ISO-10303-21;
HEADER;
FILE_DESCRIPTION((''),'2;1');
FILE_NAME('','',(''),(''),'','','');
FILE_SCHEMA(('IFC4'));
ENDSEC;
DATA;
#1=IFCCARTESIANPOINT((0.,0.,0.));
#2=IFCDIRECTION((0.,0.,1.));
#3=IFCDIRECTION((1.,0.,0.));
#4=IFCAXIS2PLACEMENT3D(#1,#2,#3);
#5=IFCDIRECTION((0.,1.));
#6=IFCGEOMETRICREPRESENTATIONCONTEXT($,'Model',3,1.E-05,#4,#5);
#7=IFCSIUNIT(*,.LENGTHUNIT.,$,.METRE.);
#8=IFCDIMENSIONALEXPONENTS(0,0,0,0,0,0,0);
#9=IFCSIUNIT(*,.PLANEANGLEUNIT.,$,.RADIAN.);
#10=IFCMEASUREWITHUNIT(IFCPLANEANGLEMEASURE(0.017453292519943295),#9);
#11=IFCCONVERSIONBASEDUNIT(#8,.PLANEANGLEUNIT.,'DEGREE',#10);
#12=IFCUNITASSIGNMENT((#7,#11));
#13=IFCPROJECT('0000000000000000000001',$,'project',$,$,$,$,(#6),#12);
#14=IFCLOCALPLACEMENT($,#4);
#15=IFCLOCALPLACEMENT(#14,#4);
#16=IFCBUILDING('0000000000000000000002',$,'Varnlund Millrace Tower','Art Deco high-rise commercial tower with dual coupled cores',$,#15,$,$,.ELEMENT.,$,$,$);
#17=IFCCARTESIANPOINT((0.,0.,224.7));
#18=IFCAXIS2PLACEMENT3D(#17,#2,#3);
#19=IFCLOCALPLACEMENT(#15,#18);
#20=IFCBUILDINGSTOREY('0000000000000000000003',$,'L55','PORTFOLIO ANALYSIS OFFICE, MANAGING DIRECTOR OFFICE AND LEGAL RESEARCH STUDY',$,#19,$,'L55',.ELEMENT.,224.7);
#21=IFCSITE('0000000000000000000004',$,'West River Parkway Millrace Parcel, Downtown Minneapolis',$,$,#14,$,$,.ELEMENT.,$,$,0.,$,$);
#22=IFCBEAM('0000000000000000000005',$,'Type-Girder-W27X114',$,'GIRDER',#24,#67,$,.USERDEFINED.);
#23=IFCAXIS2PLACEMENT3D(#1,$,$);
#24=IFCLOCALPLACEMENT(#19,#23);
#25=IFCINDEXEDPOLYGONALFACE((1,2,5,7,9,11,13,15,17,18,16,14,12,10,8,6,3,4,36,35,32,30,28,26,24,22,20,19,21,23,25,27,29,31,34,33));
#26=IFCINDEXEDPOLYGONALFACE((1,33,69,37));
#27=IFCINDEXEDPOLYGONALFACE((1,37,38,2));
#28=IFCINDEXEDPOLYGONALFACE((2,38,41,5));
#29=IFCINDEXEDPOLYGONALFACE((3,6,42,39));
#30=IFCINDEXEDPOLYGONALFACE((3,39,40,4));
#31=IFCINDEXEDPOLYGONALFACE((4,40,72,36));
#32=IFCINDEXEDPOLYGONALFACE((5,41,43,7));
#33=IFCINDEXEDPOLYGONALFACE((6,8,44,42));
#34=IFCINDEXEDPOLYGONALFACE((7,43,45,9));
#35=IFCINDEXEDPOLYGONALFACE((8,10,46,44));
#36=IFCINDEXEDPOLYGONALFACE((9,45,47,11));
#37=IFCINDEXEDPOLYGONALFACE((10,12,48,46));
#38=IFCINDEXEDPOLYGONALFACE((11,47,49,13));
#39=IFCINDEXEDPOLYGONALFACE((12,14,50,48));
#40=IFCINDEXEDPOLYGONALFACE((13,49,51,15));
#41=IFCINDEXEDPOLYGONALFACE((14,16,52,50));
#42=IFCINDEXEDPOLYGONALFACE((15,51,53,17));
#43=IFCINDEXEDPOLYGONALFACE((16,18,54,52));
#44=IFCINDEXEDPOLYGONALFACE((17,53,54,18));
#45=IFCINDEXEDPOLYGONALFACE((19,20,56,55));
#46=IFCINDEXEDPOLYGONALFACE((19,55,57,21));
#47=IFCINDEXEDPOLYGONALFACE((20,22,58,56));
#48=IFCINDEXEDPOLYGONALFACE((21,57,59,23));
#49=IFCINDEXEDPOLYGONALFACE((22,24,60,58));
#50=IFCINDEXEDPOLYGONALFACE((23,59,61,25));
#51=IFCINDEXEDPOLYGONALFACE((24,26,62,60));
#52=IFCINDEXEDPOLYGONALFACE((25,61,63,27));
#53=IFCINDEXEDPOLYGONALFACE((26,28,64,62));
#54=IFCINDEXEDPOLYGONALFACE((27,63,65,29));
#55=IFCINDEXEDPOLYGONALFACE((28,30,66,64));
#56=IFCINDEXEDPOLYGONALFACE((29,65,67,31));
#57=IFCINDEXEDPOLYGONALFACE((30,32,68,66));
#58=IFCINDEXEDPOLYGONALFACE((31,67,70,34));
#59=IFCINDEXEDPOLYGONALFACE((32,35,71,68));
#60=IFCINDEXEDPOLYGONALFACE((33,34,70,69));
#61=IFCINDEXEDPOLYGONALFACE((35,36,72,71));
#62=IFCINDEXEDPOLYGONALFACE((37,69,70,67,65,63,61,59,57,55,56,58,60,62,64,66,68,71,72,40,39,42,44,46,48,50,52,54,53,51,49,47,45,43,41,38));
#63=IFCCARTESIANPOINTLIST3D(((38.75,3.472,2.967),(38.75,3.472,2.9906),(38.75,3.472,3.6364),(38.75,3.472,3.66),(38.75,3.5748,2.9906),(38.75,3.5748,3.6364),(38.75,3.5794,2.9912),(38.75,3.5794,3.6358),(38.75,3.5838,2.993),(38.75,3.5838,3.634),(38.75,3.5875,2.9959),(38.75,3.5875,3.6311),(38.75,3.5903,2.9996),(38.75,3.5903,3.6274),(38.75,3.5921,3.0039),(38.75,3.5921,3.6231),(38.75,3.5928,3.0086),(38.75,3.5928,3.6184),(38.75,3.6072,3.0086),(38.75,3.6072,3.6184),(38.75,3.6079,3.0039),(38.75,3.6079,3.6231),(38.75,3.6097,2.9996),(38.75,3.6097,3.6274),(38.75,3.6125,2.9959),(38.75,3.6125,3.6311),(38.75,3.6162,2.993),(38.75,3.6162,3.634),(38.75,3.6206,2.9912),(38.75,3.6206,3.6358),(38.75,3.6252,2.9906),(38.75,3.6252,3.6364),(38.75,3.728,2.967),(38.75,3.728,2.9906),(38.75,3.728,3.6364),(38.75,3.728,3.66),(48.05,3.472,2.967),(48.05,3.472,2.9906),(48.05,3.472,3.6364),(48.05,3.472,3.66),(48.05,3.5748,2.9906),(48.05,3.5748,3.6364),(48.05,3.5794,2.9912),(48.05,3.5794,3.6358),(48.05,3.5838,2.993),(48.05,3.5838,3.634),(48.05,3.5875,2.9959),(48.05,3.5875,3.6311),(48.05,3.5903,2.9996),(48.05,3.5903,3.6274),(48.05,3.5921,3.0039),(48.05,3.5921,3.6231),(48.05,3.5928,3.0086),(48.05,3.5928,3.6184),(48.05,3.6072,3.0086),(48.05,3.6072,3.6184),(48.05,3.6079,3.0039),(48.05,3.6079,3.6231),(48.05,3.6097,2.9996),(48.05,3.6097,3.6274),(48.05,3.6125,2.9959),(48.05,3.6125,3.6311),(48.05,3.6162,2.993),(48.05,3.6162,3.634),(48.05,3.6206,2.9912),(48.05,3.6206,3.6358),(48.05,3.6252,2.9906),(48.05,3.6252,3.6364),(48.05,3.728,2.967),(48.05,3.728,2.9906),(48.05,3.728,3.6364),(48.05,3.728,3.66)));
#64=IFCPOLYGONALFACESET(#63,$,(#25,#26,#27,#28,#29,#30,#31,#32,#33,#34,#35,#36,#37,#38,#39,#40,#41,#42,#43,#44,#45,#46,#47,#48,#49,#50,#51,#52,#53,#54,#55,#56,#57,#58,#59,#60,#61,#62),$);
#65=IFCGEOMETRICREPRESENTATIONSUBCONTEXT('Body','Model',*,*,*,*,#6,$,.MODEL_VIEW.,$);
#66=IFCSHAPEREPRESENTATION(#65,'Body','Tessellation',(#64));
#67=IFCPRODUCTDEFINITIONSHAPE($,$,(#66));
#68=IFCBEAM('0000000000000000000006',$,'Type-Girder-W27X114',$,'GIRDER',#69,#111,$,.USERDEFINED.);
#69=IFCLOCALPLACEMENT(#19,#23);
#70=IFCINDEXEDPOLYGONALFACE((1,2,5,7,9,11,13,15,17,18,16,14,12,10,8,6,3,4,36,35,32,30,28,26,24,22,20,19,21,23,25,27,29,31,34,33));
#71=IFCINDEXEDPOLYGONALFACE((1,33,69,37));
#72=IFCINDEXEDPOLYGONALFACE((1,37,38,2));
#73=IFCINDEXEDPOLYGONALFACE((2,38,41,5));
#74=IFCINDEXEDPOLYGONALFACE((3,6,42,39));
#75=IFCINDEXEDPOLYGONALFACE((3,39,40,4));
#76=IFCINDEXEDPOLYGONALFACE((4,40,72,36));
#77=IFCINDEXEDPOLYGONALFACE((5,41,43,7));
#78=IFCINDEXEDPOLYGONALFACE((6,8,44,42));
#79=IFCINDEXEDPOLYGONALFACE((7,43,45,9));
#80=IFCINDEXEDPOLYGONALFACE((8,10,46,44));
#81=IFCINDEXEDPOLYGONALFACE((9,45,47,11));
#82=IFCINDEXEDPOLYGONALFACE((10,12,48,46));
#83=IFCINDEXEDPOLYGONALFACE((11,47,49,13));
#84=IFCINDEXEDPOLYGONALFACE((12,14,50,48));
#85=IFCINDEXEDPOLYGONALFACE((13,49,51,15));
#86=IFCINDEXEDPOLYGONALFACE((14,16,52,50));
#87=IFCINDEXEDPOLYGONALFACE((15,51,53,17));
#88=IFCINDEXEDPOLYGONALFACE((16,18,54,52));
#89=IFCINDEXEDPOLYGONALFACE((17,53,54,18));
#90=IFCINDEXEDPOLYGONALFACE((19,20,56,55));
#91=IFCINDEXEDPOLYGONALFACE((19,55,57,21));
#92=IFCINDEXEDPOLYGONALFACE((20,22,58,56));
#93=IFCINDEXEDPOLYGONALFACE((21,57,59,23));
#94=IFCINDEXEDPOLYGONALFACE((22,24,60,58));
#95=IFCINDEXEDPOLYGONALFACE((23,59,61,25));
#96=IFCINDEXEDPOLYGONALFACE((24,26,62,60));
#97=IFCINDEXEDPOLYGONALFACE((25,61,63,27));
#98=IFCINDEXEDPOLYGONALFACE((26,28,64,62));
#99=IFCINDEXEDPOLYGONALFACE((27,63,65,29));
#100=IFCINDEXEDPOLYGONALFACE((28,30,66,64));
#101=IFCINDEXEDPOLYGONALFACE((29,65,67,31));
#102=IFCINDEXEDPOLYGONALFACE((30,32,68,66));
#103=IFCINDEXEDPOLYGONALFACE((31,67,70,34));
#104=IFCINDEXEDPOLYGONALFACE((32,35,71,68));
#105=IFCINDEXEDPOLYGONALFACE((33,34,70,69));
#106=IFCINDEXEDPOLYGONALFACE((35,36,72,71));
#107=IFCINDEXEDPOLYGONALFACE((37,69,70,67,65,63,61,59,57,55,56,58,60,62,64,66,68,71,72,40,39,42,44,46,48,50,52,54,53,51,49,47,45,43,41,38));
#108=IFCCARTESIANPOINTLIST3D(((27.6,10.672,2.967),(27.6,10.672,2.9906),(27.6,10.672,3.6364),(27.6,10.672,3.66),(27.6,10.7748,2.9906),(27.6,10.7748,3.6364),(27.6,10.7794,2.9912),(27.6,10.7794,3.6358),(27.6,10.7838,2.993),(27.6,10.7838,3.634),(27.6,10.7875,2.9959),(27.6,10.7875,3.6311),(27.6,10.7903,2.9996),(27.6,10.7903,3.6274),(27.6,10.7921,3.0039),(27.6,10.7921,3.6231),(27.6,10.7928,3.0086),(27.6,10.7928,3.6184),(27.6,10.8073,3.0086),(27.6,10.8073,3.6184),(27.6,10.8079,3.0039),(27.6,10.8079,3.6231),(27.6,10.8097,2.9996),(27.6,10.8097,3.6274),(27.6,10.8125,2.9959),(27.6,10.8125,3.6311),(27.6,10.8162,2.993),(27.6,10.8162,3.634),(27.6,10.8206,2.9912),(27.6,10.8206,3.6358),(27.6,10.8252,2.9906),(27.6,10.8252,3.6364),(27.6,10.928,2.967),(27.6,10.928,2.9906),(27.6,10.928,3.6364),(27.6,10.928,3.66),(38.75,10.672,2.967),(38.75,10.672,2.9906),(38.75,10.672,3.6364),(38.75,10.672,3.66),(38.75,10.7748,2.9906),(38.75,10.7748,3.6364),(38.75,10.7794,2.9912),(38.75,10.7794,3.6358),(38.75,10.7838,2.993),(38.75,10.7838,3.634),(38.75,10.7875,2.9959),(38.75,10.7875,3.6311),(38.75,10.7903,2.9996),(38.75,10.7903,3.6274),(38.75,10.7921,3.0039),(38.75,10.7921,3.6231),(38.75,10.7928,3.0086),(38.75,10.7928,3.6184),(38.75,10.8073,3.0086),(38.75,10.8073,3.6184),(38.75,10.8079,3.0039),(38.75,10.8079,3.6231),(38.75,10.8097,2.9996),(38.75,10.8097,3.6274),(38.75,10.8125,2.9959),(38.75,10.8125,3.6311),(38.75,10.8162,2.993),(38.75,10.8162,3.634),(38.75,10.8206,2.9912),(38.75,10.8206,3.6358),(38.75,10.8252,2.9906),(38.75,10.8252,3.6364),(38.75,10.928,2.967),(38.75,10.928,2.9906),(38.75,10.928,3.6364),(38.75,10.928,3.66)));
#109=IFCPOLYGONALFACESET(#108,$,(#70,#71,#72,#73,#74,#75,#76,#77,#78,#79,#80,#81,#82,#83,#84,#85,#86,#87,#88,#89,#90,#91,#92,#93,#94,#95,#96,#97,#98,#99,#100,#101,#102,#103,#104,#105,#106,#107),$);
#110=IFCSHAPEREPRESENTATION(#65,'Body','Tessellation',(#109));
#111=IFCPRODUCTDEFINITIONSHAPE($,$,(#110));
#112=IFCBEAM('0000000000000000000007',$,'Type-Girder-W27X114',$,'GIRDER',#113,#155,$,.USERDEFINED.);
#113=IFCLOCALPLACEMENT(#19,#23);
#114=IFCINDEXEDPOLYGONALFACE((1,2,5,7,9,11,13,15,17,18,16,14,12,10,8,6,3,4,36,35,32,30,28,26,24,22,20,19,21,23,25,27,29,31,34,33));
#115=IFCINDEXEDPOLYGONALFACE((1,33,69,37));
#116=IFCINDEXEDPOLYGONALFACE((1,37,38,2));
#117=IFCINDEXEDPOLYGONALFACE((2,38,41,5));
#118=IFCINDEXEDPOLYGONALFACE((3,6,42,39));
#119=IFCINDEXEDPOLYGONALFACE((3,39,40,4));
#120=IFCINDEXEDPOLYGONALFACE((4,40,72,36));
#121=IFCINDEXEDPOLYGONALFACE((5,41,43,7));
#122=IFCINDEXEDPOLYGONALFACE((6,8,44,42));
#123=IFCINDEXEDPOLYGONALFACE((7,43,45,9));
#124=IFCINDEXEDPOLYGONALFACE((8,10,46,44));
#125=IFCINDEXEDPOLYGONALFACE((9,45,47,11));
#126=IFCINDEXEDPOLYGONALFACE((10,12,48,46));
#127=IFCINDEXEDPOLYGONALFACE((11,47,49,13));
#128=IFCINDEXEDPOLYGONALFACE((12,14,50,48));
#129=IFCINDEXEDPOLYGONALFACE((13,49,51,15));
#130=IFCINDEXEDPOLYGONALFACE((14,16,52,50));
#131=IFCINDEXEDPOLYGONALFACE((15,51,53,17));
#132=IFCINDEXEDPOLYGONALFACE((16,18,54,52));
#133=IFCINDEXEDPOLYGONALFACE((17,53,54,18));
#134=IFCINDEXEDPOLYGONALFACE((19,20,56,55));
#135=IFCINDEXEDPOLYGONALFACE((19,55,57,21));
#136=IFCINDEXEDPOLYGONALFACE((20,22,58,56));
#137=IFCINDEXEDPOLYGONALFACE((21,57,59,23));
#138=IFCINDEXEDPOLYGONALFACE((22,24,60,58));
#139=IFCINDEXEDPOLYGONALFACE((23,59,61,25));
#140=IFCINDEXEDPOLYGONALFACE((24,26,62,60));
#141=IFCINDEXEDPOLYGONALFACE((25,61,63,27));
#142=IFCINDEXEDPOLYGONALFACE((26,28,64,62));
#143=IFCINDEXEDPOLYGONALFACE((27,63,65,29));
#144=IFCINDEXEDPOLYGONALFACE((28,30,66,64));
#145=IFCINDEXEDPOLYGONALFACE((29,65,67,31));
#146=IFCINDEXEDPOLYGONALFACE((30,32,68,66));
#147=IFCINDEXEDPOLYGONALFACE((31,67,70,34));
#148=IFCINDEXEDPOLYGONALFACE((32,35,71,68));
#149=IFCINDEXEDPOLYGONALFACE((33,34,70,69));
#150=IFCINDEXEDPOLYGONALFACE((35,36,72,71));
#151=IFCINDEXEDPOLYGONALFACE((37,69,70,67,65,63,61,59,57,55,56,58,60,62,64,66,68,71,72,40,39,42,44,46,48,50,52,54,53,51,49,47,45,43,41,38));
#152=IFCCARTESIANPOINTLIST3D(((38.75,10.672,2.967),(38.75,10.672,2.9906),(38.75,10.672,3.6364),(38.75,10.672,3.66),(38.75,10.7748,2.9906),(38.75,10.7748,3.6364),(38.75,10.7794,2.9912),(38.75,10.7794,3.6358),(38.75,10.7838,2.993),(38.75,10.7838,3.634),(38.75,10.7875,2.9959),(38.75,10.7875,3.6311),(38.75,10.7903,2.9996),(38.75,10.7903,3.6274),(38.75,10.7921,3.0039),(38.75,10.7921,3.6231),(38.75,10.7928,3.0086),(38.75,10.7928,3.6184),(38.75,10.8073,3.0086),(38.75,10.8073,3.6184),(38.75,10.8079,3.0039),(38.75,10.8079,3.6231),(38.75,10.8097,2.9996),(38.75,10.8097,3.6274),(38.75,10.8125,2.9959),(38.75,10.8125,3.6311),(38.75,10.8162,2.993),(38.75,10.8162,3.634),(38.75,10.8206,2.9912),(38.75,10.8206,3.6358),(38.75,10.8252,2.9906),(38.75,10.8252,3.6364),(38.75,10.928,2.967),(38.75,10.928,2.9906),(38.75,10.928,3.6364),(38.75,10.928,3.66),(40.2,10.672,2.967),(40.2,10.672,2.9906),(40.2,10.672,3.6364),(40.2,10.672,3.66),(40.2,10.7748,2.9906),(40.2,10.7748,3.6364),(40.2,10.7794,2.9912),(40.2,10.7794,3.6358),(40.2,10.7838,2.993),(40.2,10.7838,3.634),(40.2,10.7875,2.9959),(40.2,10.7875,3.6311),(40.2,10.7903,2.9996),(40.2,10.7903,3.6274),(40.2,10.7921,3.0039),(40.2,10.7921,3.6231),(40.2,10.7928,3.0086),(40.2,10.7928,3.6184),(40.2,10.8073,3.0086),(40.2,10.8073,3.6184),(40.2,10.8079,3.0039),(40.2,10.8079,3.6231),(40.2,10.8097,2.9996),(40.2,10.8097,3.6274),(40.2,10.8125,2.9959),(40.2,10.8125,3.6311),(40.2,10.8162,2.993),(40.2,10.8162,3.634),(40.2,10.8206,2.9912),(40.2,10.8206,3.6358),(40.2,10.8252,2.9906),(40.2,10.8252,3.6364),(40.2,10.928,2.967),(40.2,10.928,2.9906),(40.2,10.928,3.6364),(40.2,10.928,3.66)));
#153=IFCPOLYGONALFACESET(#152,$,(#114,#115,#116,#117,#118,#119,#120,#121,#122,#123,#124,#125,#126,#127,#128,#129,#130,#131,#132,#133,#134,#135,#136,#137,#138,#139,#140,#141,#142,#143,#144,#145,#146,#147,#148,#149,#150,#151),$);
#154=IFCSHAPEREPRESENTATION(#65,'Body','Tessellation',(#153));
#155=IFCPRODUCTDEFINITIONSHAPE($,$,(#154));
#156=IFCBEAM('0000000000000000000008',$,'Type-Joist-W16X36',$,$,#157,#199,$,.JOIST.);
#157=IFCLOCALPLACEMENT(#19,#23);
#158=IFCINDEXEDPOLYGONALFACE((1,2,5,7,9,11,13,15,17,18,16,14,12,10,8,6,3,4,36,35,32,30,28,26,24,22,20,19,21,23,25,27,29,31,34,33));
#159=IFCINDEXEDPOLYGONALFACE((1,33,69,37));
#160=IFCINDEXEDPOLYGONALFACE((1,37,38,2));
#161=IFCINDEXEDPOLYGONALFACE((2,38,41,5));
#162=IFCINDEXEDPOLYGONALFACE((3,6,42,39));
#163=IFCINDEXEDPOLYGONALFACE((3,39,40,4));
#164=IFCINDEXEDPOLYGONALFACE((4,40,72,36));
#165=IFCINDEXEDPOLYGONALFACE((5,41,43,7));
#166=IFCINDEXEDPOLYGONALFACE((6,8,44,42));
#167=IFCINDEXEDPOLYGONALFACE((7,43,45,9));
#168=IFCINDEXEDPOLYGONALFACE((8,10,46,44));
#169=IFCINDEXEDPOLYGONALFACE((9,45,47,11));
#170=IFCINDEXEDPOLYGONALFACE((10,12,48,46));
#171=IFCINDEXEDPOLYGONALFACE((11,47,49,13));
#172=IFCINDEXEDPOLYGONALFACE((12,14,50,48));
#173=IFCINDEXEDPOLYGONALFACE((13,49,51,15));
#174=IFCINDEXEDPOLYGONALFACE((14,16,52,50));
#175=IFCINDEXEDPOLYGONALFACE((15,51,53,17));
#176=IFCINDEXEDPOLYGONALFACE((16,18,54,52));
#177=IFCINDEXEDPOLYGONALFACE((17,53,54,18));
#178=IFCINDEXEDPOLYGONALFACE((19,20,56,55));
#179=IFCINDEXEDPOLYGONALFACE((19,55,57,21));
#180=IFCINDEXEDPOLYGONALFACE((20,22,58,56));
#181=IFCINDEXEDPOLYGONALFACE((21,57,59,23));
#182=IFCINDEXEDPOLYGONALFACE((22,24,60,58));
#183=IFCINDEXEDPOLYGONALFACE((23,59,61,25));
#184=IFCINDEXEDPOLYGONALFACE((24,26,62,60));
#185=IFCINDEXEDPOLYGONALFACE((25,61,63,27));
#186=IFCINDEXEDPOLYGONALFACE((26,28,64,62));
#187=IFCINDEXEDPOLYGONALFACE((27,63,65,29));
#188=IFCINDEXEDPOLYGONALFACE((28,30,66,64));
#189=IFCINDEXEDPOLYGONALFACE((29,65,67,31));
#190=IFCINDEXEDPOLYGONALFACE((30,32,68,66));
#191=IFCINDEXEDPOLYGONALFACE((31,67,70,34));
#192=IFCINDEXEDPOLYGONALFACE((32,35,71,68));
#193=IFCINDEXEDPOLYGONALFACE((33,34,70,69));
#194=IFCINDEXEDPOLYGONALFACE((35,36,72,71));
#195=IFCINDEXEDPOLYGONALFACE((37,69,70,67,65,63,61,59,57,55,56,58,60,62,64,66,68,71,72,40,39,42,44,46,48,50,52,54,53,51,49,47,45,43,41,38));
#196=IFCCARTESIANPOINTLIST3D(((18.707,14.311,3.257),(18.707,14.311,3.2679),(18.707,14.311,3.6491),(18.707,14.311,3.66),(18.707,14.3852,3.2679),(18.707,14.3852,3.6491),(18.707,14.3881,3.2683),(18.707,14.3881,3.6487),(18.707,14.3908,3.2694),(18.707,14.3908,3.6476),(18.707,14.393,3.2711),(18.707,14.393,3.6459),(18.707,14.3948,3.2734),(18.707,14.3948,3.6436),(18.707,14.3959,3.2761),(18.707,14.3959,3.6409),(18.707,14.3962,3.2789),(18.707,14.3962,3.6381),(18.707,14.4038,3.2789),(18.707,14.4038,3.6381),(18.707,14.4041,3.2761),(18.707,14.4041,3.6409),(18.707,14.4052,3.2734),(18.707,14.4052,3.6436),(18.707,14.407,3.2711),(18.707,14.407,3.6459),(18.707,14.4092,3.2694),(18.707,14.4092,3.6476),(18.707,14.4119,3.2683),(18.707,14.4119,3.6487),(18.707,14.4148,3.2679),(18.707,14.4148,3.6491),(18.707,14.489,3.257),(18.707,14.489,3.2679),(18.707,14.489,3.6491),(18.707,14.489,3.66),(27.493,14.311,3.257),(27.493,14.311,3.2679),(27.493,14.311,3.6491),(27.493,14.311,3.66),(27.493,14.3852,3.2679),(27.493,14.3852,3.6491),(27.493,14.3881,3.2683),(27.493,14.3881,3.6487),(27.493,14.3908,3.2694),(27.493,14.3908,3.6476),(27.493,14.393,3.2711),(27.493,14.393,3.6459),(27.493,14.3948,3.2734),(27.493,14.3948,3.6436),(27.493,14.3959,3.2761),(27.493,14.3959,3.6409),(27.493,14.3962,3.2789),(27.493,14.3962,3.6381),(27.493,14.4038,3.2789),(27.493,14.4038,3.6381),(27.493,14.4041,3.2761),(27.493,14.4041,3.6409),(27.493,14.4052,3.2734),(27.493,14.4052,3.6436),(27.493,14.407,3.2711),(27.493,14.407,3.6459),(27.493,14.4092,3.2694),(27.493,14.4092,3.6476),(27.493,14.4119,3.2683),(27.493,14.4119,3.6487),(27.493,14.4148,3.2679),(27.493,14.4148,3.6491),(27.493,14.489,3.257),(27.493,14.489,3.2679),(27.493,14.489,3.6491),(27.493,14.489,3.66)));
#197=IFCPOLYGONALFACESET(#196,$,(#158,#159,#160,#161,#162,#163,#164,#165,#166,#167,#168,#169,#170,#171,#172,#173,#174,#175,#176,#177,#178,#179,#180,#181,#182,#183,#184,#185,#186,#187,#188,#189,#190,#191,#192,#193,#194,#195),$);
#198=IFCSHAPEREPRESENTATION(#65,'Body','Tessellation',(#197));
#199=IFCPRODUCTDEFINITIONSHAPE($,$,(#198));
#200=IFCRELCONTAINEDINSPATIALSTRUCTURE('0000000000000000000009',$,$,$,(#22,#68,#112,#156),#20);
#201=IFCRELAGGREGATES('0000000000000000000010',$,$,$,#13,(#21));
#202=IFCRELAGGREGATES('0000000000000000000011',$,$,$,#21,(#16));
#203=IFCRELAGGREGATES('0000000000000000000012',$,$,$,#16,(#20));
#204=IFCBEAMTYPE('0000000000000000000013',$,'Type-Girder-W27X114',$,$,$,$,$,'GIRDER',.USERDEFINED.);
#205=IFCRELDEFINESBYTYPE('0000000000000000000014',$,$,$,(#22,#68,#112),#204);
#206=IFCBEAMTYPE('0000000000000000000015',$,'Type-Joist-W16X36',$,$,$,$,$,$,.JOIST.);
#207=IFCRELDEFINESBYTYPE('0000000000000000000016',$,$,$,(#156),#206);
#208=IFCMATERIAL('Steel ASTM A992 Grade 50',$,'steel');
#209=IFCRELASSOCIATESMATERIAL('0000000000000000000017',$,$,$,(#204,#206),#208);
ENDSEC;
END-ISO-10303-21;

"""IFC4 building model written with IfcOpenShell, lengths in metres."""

from ifc_helpers import new_model, entity, si_unit, converted_unit, direction, frame, origin_with_axes, origin_2d_with_axis, place, context, subcontext, project, spatial, i_section, extrude, material, material_profile, profile_set, type_object, element, save


model = new_model("IFC4")

# Units and contexts
model_context = context("Model", 3, precision=1e-05, world=origin_with_axes(), true_north=direction((0.0, 1.0)))
body_context = subcontext(model_context, "Body", "Model", "MODEL_VIEW")
ifc_project = project(units=[si_unit("LENGTHUNIT", "METRE"), converted_unit("PLANEANGLEUNIT", "DEGREE", entity("IfcPlaneAngleMeasure", 0.017453292519943295), si_unit("PLANEANGLEUNIT", "RADIAN"), dimensions=[0, 0, 0, 0, 0, 0, 0])], contexts=[model_context])

# Site, building, storey
site_placement = place(None, origin_with_axes())
site = spatial("IfcSite", under=ifc_project, at=site_placement, Name="West River Parkway Millrace Parcel, Downtown Minneapolis", CompositionType="ELEMENT", RefElevation=0.0)
building_placement = place(site_placement, origin_with_axes())
building = spatial("IfcBuilding", under=site, at=building_placement, Name="Varnlund Millrace Tower", Description="Art Deco high-rise commercial tower with dual coupled cores", CompositionType="ELEMENT")
storey_placement = place(building_placement, frame((0.0, 0.0, 224.7), z_axis=(0.0, 0.0, 1.0), x_axis=(1.0, 0.0, 0.0)))
storey = spatial("IfcBuildingStorey", under=building, at=storey_placement, Name="L55", Description="PORTFOLIO ANALYSIS OFFICE, MANAGING DIRECTOR OFFICE AND LEGAL RESEARCH STUDY", LongName="L55", CompositionType="ELEMENT", Elevation=224.7)

# Beams
ifc_material_1 = material(Name="Steel ASTM A992 Grade 50", Category="steel")
ifc_material_profile_1 = material_profile(ifc_material_1, i_section(OverallWidth=0.256, OverallDepth=0.693, WebThickness=0.0145, FlangeThickness=0.0236, FilletRadius=0.018, at=origin_2d_with_axis()), Name="Steel ASTM A992 Grade 50")
ifc_profile_set_1 = profile_set([ifc_material_profile_1], Name="Steel ASTM A992 Grade 50")
beam_type_1 = type_object("IfcBeamType", Name="Type-Girder-W27X114", ElementType="GIRDER", PredefinedType="USERDEFINED", material=ifc_profile_set_1)
beam_1_placement = place(storey_placement, frame((38.75, 3.6, 3.3135), z_axis=(1.0, 0.0, 0.0), x_axis=(0.0, 1.0, 0.0)))
element("IfcBeam", 1, at=beam_1_placement, inside=storey, type_object=beam_type_1, Name="Type-Girder-W27X114", ObjectType="GIRDER", PredefinedType="USERDEFINED", context=body_context, shape_type="SweptSolid", body=[
    extrude(i_section(OverallWidth=0.256, OverallDepth=0.693, WebThickness=0.0145, FlangeThickness=0.0236, FilletRadius=0.018, at=origin_2d_with_axis()), origin_with_axes(), (0.0, 0.0, 1.0), 9.3),
])
beam_2_placement = place(storey_placement, frame((27.6, 10.8, 3.3135), z_axis=(1.0, 0.0, 0.0), x_axis=(0.0, 1.0, 0.0)))
element("IfcBeam", 2, at=beam_2_placement, inside=storey, type_object=beam_type_1, Name="Type-Girder-W27X114", ObjectType="GIRDER", PredefinedType="USERDEFINED", context=body_context, shape_type="SweptSolid", body=[
    extrude(i_section(OverallWidth=0.256, OverallDepth=0.693, WebThickness=0.0145, FlangeThickness=0.0236, FilletRadius=0.018, at=origin_2d_with_axis()), origin_with_axes(), (0.0, 0.0, 1.0), 11.15),
])
beam_3_placement = place(storey_placement, frame((38.75, 10.8, 3.3135), z_axis=(1.0, 0.0, 0.0), x_axis=(0.0, 1.0, 0.0)))
element("IfcBeam", 3, at=beam_3_placement, inside=storey, type_object=beam_type_1, Name="Type-Girder-W27X114", ObjectType="GIRDER", PredefinedType="USERDEFINED", context=body_context, shape_type="SweptSolid", body=[
    extrude(i_section(OverallWidth=0.256, OverallDepth=0.693, WebThickness=0.0145, FlangeThickness=0.0236, FilletRadius=0.018, at=origin_2d_with_axis()), origin_with_axes(), (0.0, 0.0, 1.0), 1.45),
])
ifc_material_profile_2 = material_profile(ifc_material_1, i_section(OverallWidth=0.178, OverallDepth=0.403, WebThickness=0.0075, FlangeThickness=0.0109, FilletRadius=0.011, at=origin_2d_with_axis()), Name="Steel ASTM A992 Grade 50")
ifc_profile_set_2 = profile_set([ifc_material_profile_2], Name="Steel ASTM A992 Grade 50")
beam_type_2 = type_object("IfcBeamType", Name="Type-Joist-W16X36", PredefinedType="JOIST", material=ifc_profile_set_2)
beam_4_placement = place(storey_placement, frame((18.707, 14.4, 3.4585), z_axis=(1.0, 0.0, 0.0), x_axis=(0.0, 1.0, 0.0)))
element("IfcBeam", 4, at=beam_4_placement, inside=storey, type_object=beam_type_2, Name="Type-Joist-W16X36", PredefinedType="JOIST", context=body_context, shape_type="SweptSolid", body=[
    extrude(i_section(OverallWidth=0.178, OverallDepth=0.403, WebThickness=0.0075, FlangeThickness=0.0109, FilletRadius=0.011, at=origin_2d_with_axis()), origin_with_axes(), (0.0, 0.0, 1.0), 8.786),
])

save(model, "model.ifc")
